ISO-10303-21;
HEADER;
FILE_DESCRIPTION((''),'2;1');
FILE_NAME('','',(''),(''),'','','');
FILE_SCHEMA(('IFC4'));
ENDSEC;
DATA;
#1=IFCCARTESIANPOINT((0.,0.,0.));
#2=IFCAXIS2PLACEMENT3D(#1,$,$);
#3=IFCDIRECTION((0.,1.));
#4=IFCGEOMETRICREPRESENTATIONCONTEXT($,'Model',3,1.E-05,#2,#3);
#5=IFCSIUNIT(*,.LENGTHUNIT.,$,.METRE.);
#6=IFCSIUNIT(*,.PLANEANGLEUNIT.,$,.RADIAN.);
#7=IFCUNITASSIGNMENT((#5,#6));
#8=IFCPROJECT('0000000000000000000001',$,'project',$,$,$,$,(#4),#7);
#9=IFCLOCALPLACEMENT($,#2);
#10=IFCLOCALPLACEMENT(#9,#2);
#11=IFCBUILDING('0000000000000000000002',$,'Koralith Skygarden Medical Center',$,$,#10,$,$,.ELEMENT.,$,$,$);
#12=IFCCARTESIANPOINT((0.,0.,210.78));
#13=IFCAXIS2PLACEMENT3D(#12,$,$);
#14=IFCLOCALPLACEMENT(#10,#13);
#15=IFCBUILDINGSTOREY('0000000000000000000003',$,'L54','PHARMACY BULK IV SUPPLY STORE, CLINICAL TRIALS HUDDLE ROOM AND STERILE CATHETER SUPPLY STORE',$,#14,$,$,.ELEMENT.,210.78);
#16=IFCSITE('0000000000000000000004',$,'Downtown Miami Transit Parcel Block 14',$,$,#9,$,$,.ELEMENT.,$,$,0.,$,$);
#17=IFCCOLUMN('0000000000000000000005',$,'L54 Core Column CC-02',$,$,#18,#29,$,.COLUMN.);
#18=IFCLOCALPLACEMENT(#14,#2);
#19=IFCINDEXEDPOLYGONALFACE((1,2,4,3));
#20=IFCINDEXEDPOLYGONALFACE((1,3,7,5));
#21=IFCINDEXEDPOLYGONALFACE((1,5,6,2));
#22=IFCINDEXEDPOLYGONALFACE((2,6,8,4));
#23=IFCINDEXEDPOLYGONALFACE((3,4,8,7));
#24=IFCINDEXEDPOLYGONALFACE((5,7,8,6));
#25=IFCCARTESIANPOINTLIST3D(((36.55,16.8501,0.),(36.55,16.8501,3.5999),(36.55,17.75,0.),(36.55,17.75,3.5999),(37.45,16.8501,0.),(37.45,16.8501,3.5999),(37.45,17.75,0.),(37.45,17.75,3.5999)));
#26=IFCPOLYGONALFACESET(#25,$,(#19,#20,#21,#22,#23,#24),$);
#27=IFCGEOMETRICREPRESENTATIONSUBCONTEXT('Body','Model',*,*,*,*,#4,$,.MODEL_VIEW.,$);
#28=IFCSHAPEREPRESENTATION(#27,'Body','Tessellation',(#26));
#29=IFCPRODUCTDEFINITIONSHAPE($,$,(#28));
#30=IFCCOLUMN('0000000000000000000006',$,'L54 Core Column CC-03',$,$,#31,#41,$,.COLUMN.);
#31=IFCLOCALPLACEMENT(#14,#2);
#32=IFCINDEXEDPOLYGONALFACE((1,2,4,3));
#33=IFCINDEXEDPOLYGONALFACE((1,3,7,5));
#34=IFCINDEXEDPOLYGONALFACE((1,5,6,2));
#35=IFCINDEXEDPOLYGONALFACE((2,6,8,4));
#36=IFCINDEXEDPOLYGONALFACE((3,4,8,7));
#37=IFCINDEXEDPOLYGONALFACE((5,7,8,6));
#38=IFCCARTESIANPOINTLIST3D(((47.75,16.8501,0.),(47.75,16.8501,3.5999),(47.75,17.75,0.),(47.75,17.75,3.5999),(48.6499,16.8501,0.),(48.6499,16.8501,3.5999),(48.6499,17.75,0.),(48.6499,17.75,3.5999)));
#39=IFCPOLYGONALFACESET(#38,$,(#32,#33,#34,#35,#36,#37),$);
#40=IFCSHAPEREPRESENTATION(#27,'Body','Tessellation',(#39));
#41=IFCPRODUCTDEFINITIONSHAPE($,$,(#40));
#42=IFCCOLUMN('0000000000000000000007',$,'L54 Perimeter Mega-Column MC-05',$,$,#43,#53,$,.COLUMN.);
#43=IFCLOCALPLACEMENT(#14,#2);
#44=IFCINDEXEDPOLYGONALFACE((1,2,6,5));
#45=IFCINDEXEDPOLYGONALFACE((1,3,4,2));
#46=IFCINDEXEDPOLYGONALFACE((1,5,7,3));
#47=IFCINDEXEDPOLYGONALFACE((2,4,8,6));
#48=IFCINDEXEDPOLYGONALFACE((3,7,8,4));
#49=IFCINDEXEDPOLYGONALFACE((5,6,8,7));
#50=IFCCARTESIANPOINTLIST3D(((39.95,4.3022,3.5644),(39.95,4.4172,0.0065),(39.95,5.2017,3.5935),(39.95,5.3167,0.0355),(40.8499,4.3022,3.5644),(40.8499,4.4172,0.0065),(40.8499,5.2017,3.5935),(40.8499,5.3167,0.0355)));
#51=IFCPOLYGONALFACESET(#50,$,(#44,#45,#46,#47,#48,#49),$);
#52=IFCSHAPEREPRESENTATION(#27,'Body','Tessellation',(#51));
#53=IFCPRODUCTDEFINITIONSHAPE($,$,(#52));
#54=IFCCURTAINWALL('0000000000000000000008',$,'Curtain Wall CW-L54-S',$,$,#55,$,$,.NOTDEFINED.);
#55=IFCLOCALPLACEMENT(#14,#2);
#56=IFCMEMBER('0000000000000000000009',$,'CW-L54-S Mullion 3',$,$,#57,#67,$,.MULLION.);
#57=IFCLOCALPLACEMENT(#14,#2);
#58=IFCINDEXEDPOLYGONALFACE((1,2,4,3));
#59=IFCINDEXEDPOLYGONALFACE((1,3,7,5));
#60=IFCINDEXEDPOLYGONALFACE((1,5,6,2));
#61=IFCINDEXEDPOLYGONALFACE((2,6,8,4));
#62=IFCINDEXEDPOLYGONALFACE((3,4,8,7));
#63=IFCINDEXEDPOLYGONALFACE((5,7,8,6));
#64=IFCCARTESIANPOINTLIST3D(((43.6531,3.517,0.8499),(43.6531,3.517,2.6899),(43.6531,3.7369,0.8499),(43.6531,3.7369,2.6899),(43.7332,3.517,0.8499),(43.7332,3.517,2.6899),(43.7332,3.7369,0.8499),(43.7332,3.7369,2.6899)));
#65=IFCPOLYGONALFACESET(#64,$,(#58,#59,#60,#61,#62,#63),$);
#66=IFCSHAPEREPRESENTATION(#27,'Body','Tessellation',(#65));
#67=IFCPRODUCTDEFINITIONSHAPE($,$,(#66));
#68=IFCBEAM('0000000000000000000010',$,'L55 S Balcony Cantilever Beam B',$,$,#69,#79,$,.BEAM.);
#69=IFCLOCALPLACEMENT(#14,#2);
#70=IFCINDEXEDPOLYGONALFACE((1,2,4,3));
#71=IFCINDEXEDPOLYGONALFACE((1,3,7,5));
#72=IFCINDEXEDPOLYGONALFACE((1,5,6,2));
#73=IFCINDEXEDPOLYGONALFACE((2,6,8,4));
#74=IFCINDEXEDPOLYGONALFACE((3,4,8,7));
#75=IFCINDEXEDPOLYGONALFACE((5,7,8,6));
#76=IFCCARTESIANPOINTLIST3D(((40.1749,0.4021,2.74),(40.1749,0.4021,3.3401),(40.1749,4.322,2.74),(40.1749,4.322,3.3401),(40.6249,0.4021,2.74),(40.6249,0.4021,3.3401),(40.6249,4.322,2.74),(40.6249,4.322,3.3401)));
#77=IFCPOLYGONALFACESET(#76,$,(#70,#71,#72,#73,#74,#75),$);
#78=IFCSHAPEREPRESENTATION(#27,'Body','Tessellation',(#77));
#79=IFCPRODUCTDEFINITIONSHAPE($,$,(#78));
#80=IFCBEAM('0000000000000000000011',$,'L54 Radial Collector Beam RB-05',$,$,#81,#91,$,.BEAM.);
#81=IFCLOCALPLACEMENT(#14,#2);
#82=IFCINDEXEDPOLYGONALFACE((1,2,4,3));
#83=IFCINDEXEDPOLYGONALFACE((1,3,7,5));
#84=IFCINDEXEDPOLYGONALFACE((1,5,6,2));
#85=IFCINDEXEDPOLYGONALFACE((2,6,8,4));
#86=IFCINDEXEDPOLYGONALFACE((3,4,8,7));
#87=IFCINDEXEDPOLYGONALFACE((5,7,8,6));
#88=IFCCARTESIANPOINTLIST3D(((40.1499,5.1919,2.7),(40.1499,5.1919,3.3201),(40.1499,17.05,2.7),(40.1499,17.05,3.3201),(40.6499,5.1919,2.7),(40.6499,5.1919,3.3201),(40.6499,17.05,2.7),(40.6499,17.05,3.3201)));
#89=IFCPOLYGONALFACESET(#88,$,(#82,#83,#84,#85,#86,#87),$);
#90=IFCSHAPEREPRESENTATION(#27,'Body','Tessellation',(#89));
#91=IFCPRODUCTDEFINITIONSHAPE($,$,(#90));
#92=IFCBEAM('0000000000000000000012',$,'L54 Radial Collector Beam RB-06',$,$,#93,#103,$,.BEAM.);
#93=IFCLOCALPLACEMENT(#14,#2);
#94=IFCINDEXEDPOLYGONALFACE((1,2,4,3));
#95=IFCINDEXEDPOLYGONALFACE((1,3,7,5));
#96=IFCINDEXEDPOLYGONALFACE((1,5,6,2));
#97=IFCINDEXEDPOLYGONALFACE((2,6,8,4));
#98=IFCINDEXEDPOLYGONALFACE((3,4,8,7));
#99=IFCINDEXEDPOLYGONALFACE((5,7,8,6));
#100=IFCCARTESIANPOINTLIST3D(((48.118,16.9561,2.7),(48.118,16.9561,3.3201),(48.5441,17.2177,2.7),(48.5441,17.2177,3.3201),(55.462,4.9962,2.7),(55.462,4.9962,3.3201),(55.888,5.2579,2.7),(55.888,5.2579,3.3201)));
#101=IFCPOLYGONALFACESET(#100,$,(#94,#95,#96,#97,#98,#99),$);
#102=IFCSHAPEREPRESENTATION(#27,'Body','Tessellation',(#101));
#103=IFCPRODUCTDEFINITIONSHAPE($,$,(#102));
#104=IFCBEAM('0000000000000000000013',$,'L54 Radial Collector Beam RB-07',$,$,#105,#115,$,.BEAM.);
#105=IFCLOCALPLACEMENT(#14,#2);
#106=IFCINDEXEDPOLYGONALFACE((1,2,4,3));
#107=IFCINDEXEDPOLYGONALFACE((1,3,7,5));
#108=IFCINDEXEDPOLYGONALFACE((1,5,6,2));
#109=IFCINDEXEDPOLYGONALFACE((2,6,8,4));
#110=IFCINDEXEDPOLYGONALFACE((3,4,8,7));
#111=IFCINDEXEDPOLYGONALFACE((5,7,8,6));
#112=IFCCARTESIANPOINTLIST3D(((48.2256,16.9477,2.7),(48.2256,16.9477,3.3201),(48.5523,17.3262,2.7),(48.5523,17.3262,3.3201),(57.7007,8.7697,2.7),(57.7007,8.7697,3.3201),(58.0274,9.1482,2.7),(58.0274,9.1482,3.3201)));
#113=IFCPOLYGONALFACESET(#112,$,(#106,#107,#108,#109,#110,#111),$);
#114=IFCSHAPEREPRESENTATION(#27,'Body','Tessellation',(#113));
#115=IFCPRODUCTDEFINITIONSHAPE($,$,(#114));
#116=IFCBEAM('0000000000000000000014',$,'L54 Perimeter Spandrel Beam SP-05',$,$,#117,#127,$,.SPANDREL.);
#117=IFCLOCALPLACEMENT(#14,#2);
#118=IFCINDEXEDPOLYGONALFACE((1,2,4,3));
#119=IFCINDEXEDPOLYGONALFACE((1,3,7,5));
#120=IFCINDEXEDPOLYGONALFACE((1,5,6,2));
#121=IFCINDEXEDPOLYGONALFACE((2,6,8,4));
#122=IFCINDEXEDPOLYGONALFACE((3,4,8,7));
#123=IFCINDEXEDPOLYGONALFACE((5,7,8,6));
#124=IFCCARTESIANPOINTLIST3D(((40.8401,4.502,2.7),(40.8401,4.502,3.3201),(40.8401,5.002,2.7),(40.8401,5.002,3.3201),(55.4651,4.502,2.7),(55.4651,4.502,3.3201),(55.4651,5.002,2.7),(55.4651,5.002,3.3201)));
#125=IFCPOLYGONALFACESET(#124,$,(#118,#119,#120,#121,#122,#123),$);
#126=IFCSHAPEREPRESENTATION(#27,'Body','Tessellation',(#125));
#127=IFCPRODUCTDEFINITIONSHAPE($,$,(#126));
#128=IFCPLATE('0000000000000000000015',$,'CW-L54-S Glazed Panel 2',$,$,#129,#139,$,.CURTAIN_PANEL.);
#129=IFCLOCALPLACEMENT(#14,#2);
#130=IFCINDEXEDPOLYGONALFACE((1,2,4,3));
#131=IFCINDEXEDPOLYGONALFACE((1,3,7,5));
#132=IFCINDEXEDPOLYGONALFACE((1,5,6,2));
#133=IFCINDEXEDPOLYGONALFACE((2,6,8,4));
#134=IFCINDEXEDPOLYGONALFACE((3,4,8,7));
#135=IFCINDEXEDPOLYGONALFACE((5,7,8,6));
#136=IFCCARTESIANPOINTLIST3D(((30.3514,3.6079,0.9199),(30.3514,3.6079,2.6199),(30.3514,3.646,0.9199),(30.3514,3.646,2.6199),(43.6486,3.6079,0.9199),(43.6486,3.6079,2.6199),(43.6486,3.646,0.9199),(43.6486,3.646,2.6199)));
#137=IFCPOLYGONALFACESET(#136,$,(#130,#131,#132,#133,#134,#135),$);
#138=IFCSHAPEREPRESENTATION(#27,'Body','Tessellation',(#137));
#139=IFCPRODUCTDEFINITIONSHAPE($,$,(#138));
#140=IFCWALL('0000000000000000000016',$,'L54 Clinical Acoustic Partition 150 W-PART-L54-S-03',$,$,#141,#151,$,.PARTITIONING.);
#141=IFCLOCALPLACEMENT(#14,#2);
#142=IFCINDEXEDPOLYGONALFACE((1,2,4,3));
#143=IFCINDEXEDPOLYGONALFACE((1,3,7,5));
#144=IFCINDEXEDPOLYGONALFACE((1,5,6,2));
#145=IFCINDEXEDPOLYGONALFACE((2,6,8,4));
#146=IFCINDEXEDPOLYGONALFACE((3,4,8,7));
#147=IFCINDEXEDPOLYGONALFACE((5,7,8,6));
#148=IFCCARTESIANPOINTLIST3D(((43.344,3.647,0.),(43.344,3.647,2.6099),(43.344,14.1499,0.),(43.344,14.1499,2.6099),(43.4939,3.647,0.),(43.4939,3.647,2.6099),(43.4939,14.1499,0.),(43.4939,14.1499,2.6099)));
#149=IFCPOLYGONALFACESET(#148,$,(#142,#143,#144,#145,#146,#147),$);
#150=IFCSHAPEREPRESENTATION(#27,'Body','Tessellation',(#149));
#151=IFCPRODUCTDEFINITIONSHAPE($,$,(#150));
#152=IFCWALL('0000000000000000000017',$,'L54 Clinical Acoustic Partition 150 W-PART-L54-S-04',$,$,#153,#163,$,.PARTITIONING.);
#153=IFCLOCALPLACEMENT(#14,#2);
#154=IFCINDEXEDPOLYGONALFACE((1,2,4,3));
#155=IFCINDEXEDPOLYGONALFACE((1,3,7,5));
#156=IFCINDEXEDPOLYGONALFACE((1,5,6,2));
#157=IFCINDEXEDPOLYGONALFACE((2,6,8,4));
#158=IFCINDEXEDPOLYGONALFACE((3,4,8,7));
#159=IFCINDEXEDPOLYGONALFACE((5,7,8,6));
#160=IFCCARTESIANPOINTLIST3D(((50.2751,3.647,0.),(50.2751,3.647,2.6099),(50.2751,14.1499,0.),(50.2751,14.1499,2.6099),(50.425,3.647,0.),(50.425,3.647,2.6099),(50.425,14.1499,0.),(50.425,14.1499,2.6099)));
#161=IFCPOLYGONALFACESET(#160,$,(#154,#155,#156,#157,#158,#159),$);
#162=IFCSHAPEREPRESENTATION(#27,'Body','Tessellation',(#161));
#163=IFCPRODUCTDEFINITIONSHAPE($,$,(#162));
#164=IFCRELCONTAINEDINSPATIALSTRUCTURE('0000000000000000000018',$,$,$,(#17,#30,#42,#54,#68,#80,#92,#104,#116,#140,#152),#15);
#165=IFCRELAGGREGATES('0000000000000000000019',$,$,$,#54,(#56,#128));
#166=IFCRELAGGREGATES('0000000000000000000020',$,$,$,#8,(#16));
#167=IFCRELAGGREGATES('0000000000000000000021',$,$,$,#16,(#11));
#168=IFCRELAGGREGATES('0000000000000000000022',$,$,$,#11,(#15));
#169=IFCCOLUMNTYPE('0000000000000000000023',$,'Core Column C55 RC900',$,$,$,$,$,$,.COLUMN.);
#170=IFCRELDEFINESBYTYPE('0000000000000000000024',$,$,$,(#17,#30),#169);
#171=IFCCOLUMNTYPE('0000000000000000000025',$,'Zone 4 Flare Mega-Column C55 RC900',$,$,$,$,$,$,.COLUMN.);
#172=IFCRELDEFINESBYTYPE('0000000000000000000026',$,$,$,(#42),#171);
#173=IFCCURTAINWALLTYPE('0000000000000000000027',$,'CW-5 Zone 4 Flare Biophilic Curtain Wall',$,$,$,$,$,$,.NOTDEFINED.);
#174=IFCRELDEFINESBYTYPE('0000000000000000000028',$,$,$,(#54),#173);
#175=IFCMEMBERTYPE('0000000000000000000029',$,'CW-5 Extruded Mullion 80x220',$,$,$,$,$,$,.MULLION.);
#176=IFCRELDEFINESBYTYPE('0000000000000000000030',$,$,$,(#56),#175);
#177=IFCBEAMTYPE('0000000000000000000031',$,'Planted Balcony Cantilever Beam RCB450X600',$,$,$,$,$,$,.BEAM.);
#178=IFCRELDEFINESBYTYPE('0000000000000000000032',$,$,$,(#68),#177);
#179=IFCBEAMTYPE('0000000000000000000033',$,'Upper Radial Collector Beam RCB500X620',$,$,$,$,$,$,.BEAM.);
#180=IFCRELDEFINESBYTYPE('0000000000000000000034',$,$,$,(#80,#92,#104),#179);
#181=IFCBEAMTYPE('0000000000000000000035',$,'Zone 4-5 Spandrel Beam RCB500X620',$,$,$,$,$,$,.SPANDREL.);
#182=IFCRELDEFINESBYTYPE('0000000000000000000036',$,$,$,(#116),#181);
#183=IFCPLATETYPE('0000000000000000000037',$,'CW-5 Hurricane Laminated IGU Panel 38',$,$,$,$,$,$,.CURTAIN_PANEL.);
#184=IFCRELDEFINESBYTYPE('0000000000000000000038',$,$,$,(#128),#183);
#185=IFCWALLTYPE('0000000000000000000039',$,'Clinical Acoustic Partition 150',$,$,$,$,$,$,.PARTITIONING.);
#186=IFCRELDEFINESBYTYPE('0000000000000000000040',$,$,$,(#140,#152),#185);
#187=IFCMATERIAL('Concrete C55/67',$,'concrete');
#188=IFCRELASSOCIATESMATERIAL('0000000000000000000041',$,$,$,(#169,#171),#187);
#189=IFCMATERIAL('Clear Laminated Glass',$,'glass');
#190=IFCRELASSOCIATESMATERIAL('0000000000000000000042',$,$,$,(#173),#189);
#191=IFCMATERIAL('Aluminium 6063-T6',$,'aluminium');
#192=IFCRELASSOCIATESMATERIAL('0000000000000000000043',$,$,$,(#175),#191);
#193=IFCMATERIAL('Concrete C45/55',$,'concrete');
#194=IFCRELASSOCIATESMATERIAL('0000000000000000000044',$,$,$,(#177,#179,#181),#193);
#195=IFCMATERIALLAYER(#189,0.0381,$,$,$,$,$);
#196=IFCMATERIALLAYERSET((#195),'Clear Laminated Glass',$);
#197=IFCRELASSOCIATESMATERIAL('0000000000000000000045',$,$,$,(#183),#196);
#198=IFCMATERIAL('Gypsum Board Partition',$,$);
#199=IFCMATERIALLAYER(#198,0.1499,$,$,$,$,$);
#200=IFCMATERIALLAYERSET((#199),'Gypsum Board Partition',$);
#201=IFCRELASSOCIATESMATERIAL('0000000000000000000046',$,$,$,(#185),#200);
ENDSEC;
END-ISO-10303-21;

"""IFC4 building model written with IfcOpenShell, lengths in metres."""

from ifc_helpers import new_model, si_unit, direction, frame, frame_2d, origin, origin_2d, place, context, subcontext, project, spatial, rectangle, extrude, material, layer, layer_set, material_profile, profile_set, type_object, element, aggregate, save


model = new_model("IFC4")

# Units and contexts
model_context = context("Model", 3, precision=1e-05, world=origin(), true_north=direction((0.0, 1.0)))
body_context = subcontext(model_context, "Body", "Model", "MODEL_VIEW")
ifc_project = project(units=[si_unit("LENGTHUNIT", "METRE"), si_unit("PLANEANGLEUNIT", "RADIAN")], contexts=[model_context])

# Site, building, storey
site_placement = place(None, origin())
site = spatial("IfcSite", under=ifc_project, at=site_placement, Name="Downtown Miami Transit Parcel Block 14", CompositionType="ELEMENT", RefElevation=0.0)
building_placement = place(site_placement, origin())
building = spatial("IfcBuilding", under=site, at=building_placement, Name="Koralith Skygarden Medical Center", CompositionType="ELEMENT")
storey_placement = place(building_placement, frame((0.0, 0.0, 210.78)))
storey = spatial("IfcBuildingStorey", under=building, at=storey_placement, Name="L54", Description="PHARMACY BULK IV SUPPLY STORE, CLINICAL TRIALS HUDDLE ROOM AND STERILE CATHETER SUPPLY STORE", CompositionType="ELEMENT", Elevation=210.78)

# Columns
ifc_material_1 = material(Name="Concrete C55/67", Category="concrete")
ifc_material_profile_1 = material_profile(ifc_material_1, rectangle(XDim=0.8999, YDim=0.8999, at=origin_2d()), Name="RC900X900")
ifc_profile_set_1 = profile_set([ifc_material_profile_1], Name="Concrete C55/67")
column_type_1 = type_object("IfcColumnType", Name="Core Column C55 RC900", PredefinedType="COLUMN", material=ifc_profile_set_1)
for number, where, z_axis, x_axis, name in (
    (1, (37.0, 17.3, 0.0), (0.0, 0.0, 1.0), (1.0, 0.0, 0.0), "L54 Core Column CC-02"),
    (2, (48.2, 17.3, 0.0), (0.0, 0.0, 1.0), (1.0, 0.0, 0.0), "L54 Core Column CC-03"),
):
    element("IfcColumn", number, at=place(storey_placement, frame(where, z_axis=z_axis, x_axis=x_axis)), inside=storey, type_object=column_type_1, Name=name, PredefinedType="COLUMN", context=body_context, shape_type="SweptSolid", body=[
        extrude(rectangle(XDim=0.8999, YDim=0.8999, at=origin_2d()), origin(), (0.0, 0.0, 1.0), 3.5999),
    ])
ifc_material_profile_2 = material_profile(ifc_material_1, rectangle(XDim=0.8999, YDim=0.8999, at=origin_2d()), Name="RC900X900")
ifc_profile_set_2 = profile_set([ifc_material_profile_2], Name="Concrete C55/67")
column_type_2 = type_object("IfcColumnType", Name="Zone 4 Flare Mega-Column C55 RC900", PredefinedType="COLUMN", material=ifc_profile_set_2)
column_placement = place(storey_placement, frame((40.3999, 4.8669, 0.021), z_axis=(0.0, -0.032303, 0.999478), x_axis=(1.0, 0.0, 0.0)))
element("IfcColumn", 3, at=column_placement, inside=storey, type_object=column_type_2, Name="L54 Perimeter Mega-Column MC-05", PredefinedType="COLUMN", context=body_context, shape_type="SweptSolid", body=[
    extrude(rectangle(XDim=0.8999, YDim=0.8999, at=origin_2d()), origin(), (0.0, 0.0, 1.0), 3.5598),
])

# Curtain wall, member
ifc_material_2 = material(Name="Clear Laminated Glass", Category="glass")
curtain_wall_type = type_object("IfcCurtainWallType", Name="CW-5 Zone 4 Flare Biophilic Curtain Wall", PredefinedType="NOTDEFINED", material=ifc_material_2)
curtain_wall_placement = place(storey_placement, origin())
curtain_wall = element("IfcCurtainWall", 4, at=curtain_wall_placement, inside=storey, type_object=curtain_wall_type, Name="Curtain Wall CW-L54-S", PredefinedType="NOTDEFINED")
ifc_material_3 = material(Name="Aluminium 6063-T6", Category="aluminium")
ifc_material_profile_3 = material_profile(ifc_material_3, rectangle(XDim=0.0801, YDim=0.22, at=origin_2d()), Name="MUL80X220")
ifc_profile_set_3 = profile_set([ifc_material_profile_3], Name="Aluminium 6063-T6")
member_type = type_object("IfcMemberType", Name="CW-5 Extruded Mullion 80x220", PredefinedType="MULLION", material=ifc_profile_set_3)
member_placement = place(storey_placement, frame((43.6931, 3.627, 0.8499), z_axis=(0.0, 0.0, 1.0), x_axis=(1.0, 0.0, 0.0)))
member = element("IfcMember", 5, at=member_placement, type_object=member_type, Name="CW-L54-S Mullion 3", PredefinedType="MULLION", context=body_context, shape_type="SweptSolid", body=[
    extrude(rectangle(XDim=0.0801, YDim=0.22, at=origin_2d()), origin(), (0.0, 0.0, 1.0), 1.8401),
])

# Beams
ifc_material_4 = material(Name="Concrete C45/55", Category="concrete")
ifc_material_profile_4 = material_profile(ifc_material_4, rectangle(XDim=0.45, YDim=0.6001, at=origin_2d()), Name="RCB450X600")
ifc_profile_set_4 = profile_set([ifc_material_profile_4], Name="Concrete C45/55")
beam_type_1 = type_object("IfcBeamType", Name="Planted Balcony Cantilever Beam RCB450X600", PredefinedType="BEAM", material=ifc_profile_set_4)
beam_1_placement = place(storey_placement, frame((40.3999, 4.322, 3.04), z_axis=(0.0, -1.0, 0.0), x_axis=(1.0, 0.0, 0.0)))
element("IfcBeam", 6, at=beam_1_placement, inside=storey, type_object=beam_type_1, Name="L55 S Balcony Cantilever Beam B", PredefinedType="BEAM", context=body_context, shape_type="SweptSolid", body=[
    extrude(rectangle(XDim=0.45, YDim=0.6001, at=origin_2d()), origin(), (0.0, 0.0, 1.0), 3.9199),
])
ifc_material_profile_5 = material_profile(ifc_material_4, rectangle(XDim=0.5, YDim=0.6201, at=origin_2d()), Name="RCB500X620")
ifc_profile_set_5 = profile_set([ifc_material_profile_5], Name="Concrete C45/55")
beam_type_2 = type_object("IfcBeamType", Name="Upper Radial Collector Beam RCB500X620", PredefinedType="BEAM", material=ifc_profile_set_5)
beam_2_placement = place(storey_placement, frame((40.3999, 17.05, 3.01), z_axis=(0.0, -1.0, 0.0), x_axis=(1.0, 0.0, 0.0)))
element("IfcBeam", 7, at=beam_2_placement, inside=storey, type_object=beam_type_2, Name="L54 Radial Collector Beam RB-05", PredefinedType="BEAM", context=body_context, shape_type="SweptSolid", body=[
    extrude(rectangle(XDim=0.5, YDim=0.6201, at=origin_2d()), origin(), (0.0, 0.0, 1.0), 11.8582),
])
beam_3_placement = place(storey_placement, frame((48.3311, 17.0869, 3.01), z_axis=(0.523271, -0.852166, 0.0), x_axis=(0.852166, 0.523271, 0.0)))
element("IfcBeam", 8, at=beam_3_placement, inside=storey, type_object=beam_type_2, Name="L54 Radial Collector Beam RB-06", PredefinedType="BEAM", context=body_context, shape_type="SweptSolid", body=[
    extrude(rectangle(XDim=0.5, YDim=0.6201, at=origin_2d()), origin(), (0.0, 0.0, 1.0), 14.0347),
])
beam_4_placement = place(storey_placement, frame((48.3889, 17.137, 3.01), z_axis=(0.757023, -0.653388, 0.0), x_axis=(0.653388, 0.757023, 0.0)))
element("IfcBeam", 9, at=beam_4_placement, inside=storey, type_object=beam_type_2, Name="L54 Radial Collector Beam RB-07", PredefinedType="BEAM", context=body_context, shape_type="SweptSolid", body=[
    extrude(rectangle(XDim=0.5, YDim=0.6201, at=origin_2d()), origin(), (0.0, 0.0, 1.0), 12.5164),
])
ifc_material_profile_6 = material_profile(ifc_material_4, rectangle(XDim=0.5, YDim=0.6201, at=origin_2d()), Name="RCB500X620")
ifc_profile_set_6 = profile_set([ifc_material_profile_6], Name="Concrete C45/55")
beam_type_3 = type_object("IfcBeamType", Name="Zone 4-5 Spandrel Beam RCB500X620", PredefinedType="SPANDREL", material=ifc_profile_set_6)
beam_5_placement = place(storey_placement, frame((40.8401, 4.752, 3.01), z_axis=(1.0, 0.0, 0.0), x_axis=(0.0, 1.0, 0.0)))
element("IfcBeam", 10, at=beam_5_placement, inside=storey, type_object=beam_type_3, Name="L54 Perimeter Spandrel Beam SP-05", PredefinedType="SPANDREL", context=body_context, shape_type="SweptSolid", body=[
    extrude(rectangle(XDim=0.5, YDim=0.6201, at=origin_2d()), origin(), (0.0, 0.0, 1.0), 14.625),
])

# Plate
ifc_layer_1 = layer(ifc_material_2, 0.0381)
ifc_layer_set_1 = layer_set([ifc_layer_1], Name="Clear Laminated Glass")
plate_type = type_object("IfcPlateType", Name="CW-5 Hurricane Laminated IGU Panel 38", PredefinedType="CURTAIN_PANEL", material=ifc_layer_set_1)
plate_placement = place(storey_placement, frame((37.0, 3.627, 0.9199), z_axis=(0.0, 0.0, 1.0), x_axis=(1.0, 0.0, 0.0)))
plate = element("IfcPlate", 11, at=plate_placement, type_object=plate_type, Name="CW-L54-S Glazed Panel 2", PredefinedType="CURTAIN_PANEL", context=body_context, shape_type="SweptSolid", body=[
    extrude(rectangle(XDim=13.2971, YDim=0.0381, at=origin_2d()), origin(), (0.0, 0.0, 1.0), 1.7),
])
aggregate(curtain_wall, [member, plate])

# Walls
ifc_material_5 = material(Name="Gypsum Board Partition")
ifc_layer_2 = layer(ifc_material_5, 0.1499)
ifc_layer_set_2 = layer_set([ifc_layer_2], Name="Gypsum Board Partition")
wall_type_1 = type_object("IfcWallType", Name="Clinical Acoustic Partition 150", PredefinedType="PARTITIONING", material=ifc_layer_set_2)
for number, where, z_axis, x_axis, name in (
    (12, (43.4189, 14.1499, 0.0), (0.0, 0.0, 1.0), (0.0, -1.0, 0.0), "L54 Clinical Acoustic Partition 150 W-PART-L54-S-03"),
    (13, (50.3501, 14.1499, 0.0), (0.0, 0.0, 1.0), (0.0, -1.0, 0.0), "L54 Clinical Acoustic Partition 150 W-PART-L54-S-04"),
):
    element("IfcWall", number, at=place(storey_placement, frame(where, z_axis=z_axis, x_axis=x_axis)), inside=storey, type_object=wall_type_1, Name=name, PredefinedType="PARTITIONING", context=body_context, shape_type="SweptSolid", body=[
        extrude(rectangle(XDim=10.5029, YDim=0.1499, at=frame_2d((5.2515, 0.0))), origin(), (0.0, 0.0, 1.0), 2.6099),
    ])

save(model, "model.ifc")
